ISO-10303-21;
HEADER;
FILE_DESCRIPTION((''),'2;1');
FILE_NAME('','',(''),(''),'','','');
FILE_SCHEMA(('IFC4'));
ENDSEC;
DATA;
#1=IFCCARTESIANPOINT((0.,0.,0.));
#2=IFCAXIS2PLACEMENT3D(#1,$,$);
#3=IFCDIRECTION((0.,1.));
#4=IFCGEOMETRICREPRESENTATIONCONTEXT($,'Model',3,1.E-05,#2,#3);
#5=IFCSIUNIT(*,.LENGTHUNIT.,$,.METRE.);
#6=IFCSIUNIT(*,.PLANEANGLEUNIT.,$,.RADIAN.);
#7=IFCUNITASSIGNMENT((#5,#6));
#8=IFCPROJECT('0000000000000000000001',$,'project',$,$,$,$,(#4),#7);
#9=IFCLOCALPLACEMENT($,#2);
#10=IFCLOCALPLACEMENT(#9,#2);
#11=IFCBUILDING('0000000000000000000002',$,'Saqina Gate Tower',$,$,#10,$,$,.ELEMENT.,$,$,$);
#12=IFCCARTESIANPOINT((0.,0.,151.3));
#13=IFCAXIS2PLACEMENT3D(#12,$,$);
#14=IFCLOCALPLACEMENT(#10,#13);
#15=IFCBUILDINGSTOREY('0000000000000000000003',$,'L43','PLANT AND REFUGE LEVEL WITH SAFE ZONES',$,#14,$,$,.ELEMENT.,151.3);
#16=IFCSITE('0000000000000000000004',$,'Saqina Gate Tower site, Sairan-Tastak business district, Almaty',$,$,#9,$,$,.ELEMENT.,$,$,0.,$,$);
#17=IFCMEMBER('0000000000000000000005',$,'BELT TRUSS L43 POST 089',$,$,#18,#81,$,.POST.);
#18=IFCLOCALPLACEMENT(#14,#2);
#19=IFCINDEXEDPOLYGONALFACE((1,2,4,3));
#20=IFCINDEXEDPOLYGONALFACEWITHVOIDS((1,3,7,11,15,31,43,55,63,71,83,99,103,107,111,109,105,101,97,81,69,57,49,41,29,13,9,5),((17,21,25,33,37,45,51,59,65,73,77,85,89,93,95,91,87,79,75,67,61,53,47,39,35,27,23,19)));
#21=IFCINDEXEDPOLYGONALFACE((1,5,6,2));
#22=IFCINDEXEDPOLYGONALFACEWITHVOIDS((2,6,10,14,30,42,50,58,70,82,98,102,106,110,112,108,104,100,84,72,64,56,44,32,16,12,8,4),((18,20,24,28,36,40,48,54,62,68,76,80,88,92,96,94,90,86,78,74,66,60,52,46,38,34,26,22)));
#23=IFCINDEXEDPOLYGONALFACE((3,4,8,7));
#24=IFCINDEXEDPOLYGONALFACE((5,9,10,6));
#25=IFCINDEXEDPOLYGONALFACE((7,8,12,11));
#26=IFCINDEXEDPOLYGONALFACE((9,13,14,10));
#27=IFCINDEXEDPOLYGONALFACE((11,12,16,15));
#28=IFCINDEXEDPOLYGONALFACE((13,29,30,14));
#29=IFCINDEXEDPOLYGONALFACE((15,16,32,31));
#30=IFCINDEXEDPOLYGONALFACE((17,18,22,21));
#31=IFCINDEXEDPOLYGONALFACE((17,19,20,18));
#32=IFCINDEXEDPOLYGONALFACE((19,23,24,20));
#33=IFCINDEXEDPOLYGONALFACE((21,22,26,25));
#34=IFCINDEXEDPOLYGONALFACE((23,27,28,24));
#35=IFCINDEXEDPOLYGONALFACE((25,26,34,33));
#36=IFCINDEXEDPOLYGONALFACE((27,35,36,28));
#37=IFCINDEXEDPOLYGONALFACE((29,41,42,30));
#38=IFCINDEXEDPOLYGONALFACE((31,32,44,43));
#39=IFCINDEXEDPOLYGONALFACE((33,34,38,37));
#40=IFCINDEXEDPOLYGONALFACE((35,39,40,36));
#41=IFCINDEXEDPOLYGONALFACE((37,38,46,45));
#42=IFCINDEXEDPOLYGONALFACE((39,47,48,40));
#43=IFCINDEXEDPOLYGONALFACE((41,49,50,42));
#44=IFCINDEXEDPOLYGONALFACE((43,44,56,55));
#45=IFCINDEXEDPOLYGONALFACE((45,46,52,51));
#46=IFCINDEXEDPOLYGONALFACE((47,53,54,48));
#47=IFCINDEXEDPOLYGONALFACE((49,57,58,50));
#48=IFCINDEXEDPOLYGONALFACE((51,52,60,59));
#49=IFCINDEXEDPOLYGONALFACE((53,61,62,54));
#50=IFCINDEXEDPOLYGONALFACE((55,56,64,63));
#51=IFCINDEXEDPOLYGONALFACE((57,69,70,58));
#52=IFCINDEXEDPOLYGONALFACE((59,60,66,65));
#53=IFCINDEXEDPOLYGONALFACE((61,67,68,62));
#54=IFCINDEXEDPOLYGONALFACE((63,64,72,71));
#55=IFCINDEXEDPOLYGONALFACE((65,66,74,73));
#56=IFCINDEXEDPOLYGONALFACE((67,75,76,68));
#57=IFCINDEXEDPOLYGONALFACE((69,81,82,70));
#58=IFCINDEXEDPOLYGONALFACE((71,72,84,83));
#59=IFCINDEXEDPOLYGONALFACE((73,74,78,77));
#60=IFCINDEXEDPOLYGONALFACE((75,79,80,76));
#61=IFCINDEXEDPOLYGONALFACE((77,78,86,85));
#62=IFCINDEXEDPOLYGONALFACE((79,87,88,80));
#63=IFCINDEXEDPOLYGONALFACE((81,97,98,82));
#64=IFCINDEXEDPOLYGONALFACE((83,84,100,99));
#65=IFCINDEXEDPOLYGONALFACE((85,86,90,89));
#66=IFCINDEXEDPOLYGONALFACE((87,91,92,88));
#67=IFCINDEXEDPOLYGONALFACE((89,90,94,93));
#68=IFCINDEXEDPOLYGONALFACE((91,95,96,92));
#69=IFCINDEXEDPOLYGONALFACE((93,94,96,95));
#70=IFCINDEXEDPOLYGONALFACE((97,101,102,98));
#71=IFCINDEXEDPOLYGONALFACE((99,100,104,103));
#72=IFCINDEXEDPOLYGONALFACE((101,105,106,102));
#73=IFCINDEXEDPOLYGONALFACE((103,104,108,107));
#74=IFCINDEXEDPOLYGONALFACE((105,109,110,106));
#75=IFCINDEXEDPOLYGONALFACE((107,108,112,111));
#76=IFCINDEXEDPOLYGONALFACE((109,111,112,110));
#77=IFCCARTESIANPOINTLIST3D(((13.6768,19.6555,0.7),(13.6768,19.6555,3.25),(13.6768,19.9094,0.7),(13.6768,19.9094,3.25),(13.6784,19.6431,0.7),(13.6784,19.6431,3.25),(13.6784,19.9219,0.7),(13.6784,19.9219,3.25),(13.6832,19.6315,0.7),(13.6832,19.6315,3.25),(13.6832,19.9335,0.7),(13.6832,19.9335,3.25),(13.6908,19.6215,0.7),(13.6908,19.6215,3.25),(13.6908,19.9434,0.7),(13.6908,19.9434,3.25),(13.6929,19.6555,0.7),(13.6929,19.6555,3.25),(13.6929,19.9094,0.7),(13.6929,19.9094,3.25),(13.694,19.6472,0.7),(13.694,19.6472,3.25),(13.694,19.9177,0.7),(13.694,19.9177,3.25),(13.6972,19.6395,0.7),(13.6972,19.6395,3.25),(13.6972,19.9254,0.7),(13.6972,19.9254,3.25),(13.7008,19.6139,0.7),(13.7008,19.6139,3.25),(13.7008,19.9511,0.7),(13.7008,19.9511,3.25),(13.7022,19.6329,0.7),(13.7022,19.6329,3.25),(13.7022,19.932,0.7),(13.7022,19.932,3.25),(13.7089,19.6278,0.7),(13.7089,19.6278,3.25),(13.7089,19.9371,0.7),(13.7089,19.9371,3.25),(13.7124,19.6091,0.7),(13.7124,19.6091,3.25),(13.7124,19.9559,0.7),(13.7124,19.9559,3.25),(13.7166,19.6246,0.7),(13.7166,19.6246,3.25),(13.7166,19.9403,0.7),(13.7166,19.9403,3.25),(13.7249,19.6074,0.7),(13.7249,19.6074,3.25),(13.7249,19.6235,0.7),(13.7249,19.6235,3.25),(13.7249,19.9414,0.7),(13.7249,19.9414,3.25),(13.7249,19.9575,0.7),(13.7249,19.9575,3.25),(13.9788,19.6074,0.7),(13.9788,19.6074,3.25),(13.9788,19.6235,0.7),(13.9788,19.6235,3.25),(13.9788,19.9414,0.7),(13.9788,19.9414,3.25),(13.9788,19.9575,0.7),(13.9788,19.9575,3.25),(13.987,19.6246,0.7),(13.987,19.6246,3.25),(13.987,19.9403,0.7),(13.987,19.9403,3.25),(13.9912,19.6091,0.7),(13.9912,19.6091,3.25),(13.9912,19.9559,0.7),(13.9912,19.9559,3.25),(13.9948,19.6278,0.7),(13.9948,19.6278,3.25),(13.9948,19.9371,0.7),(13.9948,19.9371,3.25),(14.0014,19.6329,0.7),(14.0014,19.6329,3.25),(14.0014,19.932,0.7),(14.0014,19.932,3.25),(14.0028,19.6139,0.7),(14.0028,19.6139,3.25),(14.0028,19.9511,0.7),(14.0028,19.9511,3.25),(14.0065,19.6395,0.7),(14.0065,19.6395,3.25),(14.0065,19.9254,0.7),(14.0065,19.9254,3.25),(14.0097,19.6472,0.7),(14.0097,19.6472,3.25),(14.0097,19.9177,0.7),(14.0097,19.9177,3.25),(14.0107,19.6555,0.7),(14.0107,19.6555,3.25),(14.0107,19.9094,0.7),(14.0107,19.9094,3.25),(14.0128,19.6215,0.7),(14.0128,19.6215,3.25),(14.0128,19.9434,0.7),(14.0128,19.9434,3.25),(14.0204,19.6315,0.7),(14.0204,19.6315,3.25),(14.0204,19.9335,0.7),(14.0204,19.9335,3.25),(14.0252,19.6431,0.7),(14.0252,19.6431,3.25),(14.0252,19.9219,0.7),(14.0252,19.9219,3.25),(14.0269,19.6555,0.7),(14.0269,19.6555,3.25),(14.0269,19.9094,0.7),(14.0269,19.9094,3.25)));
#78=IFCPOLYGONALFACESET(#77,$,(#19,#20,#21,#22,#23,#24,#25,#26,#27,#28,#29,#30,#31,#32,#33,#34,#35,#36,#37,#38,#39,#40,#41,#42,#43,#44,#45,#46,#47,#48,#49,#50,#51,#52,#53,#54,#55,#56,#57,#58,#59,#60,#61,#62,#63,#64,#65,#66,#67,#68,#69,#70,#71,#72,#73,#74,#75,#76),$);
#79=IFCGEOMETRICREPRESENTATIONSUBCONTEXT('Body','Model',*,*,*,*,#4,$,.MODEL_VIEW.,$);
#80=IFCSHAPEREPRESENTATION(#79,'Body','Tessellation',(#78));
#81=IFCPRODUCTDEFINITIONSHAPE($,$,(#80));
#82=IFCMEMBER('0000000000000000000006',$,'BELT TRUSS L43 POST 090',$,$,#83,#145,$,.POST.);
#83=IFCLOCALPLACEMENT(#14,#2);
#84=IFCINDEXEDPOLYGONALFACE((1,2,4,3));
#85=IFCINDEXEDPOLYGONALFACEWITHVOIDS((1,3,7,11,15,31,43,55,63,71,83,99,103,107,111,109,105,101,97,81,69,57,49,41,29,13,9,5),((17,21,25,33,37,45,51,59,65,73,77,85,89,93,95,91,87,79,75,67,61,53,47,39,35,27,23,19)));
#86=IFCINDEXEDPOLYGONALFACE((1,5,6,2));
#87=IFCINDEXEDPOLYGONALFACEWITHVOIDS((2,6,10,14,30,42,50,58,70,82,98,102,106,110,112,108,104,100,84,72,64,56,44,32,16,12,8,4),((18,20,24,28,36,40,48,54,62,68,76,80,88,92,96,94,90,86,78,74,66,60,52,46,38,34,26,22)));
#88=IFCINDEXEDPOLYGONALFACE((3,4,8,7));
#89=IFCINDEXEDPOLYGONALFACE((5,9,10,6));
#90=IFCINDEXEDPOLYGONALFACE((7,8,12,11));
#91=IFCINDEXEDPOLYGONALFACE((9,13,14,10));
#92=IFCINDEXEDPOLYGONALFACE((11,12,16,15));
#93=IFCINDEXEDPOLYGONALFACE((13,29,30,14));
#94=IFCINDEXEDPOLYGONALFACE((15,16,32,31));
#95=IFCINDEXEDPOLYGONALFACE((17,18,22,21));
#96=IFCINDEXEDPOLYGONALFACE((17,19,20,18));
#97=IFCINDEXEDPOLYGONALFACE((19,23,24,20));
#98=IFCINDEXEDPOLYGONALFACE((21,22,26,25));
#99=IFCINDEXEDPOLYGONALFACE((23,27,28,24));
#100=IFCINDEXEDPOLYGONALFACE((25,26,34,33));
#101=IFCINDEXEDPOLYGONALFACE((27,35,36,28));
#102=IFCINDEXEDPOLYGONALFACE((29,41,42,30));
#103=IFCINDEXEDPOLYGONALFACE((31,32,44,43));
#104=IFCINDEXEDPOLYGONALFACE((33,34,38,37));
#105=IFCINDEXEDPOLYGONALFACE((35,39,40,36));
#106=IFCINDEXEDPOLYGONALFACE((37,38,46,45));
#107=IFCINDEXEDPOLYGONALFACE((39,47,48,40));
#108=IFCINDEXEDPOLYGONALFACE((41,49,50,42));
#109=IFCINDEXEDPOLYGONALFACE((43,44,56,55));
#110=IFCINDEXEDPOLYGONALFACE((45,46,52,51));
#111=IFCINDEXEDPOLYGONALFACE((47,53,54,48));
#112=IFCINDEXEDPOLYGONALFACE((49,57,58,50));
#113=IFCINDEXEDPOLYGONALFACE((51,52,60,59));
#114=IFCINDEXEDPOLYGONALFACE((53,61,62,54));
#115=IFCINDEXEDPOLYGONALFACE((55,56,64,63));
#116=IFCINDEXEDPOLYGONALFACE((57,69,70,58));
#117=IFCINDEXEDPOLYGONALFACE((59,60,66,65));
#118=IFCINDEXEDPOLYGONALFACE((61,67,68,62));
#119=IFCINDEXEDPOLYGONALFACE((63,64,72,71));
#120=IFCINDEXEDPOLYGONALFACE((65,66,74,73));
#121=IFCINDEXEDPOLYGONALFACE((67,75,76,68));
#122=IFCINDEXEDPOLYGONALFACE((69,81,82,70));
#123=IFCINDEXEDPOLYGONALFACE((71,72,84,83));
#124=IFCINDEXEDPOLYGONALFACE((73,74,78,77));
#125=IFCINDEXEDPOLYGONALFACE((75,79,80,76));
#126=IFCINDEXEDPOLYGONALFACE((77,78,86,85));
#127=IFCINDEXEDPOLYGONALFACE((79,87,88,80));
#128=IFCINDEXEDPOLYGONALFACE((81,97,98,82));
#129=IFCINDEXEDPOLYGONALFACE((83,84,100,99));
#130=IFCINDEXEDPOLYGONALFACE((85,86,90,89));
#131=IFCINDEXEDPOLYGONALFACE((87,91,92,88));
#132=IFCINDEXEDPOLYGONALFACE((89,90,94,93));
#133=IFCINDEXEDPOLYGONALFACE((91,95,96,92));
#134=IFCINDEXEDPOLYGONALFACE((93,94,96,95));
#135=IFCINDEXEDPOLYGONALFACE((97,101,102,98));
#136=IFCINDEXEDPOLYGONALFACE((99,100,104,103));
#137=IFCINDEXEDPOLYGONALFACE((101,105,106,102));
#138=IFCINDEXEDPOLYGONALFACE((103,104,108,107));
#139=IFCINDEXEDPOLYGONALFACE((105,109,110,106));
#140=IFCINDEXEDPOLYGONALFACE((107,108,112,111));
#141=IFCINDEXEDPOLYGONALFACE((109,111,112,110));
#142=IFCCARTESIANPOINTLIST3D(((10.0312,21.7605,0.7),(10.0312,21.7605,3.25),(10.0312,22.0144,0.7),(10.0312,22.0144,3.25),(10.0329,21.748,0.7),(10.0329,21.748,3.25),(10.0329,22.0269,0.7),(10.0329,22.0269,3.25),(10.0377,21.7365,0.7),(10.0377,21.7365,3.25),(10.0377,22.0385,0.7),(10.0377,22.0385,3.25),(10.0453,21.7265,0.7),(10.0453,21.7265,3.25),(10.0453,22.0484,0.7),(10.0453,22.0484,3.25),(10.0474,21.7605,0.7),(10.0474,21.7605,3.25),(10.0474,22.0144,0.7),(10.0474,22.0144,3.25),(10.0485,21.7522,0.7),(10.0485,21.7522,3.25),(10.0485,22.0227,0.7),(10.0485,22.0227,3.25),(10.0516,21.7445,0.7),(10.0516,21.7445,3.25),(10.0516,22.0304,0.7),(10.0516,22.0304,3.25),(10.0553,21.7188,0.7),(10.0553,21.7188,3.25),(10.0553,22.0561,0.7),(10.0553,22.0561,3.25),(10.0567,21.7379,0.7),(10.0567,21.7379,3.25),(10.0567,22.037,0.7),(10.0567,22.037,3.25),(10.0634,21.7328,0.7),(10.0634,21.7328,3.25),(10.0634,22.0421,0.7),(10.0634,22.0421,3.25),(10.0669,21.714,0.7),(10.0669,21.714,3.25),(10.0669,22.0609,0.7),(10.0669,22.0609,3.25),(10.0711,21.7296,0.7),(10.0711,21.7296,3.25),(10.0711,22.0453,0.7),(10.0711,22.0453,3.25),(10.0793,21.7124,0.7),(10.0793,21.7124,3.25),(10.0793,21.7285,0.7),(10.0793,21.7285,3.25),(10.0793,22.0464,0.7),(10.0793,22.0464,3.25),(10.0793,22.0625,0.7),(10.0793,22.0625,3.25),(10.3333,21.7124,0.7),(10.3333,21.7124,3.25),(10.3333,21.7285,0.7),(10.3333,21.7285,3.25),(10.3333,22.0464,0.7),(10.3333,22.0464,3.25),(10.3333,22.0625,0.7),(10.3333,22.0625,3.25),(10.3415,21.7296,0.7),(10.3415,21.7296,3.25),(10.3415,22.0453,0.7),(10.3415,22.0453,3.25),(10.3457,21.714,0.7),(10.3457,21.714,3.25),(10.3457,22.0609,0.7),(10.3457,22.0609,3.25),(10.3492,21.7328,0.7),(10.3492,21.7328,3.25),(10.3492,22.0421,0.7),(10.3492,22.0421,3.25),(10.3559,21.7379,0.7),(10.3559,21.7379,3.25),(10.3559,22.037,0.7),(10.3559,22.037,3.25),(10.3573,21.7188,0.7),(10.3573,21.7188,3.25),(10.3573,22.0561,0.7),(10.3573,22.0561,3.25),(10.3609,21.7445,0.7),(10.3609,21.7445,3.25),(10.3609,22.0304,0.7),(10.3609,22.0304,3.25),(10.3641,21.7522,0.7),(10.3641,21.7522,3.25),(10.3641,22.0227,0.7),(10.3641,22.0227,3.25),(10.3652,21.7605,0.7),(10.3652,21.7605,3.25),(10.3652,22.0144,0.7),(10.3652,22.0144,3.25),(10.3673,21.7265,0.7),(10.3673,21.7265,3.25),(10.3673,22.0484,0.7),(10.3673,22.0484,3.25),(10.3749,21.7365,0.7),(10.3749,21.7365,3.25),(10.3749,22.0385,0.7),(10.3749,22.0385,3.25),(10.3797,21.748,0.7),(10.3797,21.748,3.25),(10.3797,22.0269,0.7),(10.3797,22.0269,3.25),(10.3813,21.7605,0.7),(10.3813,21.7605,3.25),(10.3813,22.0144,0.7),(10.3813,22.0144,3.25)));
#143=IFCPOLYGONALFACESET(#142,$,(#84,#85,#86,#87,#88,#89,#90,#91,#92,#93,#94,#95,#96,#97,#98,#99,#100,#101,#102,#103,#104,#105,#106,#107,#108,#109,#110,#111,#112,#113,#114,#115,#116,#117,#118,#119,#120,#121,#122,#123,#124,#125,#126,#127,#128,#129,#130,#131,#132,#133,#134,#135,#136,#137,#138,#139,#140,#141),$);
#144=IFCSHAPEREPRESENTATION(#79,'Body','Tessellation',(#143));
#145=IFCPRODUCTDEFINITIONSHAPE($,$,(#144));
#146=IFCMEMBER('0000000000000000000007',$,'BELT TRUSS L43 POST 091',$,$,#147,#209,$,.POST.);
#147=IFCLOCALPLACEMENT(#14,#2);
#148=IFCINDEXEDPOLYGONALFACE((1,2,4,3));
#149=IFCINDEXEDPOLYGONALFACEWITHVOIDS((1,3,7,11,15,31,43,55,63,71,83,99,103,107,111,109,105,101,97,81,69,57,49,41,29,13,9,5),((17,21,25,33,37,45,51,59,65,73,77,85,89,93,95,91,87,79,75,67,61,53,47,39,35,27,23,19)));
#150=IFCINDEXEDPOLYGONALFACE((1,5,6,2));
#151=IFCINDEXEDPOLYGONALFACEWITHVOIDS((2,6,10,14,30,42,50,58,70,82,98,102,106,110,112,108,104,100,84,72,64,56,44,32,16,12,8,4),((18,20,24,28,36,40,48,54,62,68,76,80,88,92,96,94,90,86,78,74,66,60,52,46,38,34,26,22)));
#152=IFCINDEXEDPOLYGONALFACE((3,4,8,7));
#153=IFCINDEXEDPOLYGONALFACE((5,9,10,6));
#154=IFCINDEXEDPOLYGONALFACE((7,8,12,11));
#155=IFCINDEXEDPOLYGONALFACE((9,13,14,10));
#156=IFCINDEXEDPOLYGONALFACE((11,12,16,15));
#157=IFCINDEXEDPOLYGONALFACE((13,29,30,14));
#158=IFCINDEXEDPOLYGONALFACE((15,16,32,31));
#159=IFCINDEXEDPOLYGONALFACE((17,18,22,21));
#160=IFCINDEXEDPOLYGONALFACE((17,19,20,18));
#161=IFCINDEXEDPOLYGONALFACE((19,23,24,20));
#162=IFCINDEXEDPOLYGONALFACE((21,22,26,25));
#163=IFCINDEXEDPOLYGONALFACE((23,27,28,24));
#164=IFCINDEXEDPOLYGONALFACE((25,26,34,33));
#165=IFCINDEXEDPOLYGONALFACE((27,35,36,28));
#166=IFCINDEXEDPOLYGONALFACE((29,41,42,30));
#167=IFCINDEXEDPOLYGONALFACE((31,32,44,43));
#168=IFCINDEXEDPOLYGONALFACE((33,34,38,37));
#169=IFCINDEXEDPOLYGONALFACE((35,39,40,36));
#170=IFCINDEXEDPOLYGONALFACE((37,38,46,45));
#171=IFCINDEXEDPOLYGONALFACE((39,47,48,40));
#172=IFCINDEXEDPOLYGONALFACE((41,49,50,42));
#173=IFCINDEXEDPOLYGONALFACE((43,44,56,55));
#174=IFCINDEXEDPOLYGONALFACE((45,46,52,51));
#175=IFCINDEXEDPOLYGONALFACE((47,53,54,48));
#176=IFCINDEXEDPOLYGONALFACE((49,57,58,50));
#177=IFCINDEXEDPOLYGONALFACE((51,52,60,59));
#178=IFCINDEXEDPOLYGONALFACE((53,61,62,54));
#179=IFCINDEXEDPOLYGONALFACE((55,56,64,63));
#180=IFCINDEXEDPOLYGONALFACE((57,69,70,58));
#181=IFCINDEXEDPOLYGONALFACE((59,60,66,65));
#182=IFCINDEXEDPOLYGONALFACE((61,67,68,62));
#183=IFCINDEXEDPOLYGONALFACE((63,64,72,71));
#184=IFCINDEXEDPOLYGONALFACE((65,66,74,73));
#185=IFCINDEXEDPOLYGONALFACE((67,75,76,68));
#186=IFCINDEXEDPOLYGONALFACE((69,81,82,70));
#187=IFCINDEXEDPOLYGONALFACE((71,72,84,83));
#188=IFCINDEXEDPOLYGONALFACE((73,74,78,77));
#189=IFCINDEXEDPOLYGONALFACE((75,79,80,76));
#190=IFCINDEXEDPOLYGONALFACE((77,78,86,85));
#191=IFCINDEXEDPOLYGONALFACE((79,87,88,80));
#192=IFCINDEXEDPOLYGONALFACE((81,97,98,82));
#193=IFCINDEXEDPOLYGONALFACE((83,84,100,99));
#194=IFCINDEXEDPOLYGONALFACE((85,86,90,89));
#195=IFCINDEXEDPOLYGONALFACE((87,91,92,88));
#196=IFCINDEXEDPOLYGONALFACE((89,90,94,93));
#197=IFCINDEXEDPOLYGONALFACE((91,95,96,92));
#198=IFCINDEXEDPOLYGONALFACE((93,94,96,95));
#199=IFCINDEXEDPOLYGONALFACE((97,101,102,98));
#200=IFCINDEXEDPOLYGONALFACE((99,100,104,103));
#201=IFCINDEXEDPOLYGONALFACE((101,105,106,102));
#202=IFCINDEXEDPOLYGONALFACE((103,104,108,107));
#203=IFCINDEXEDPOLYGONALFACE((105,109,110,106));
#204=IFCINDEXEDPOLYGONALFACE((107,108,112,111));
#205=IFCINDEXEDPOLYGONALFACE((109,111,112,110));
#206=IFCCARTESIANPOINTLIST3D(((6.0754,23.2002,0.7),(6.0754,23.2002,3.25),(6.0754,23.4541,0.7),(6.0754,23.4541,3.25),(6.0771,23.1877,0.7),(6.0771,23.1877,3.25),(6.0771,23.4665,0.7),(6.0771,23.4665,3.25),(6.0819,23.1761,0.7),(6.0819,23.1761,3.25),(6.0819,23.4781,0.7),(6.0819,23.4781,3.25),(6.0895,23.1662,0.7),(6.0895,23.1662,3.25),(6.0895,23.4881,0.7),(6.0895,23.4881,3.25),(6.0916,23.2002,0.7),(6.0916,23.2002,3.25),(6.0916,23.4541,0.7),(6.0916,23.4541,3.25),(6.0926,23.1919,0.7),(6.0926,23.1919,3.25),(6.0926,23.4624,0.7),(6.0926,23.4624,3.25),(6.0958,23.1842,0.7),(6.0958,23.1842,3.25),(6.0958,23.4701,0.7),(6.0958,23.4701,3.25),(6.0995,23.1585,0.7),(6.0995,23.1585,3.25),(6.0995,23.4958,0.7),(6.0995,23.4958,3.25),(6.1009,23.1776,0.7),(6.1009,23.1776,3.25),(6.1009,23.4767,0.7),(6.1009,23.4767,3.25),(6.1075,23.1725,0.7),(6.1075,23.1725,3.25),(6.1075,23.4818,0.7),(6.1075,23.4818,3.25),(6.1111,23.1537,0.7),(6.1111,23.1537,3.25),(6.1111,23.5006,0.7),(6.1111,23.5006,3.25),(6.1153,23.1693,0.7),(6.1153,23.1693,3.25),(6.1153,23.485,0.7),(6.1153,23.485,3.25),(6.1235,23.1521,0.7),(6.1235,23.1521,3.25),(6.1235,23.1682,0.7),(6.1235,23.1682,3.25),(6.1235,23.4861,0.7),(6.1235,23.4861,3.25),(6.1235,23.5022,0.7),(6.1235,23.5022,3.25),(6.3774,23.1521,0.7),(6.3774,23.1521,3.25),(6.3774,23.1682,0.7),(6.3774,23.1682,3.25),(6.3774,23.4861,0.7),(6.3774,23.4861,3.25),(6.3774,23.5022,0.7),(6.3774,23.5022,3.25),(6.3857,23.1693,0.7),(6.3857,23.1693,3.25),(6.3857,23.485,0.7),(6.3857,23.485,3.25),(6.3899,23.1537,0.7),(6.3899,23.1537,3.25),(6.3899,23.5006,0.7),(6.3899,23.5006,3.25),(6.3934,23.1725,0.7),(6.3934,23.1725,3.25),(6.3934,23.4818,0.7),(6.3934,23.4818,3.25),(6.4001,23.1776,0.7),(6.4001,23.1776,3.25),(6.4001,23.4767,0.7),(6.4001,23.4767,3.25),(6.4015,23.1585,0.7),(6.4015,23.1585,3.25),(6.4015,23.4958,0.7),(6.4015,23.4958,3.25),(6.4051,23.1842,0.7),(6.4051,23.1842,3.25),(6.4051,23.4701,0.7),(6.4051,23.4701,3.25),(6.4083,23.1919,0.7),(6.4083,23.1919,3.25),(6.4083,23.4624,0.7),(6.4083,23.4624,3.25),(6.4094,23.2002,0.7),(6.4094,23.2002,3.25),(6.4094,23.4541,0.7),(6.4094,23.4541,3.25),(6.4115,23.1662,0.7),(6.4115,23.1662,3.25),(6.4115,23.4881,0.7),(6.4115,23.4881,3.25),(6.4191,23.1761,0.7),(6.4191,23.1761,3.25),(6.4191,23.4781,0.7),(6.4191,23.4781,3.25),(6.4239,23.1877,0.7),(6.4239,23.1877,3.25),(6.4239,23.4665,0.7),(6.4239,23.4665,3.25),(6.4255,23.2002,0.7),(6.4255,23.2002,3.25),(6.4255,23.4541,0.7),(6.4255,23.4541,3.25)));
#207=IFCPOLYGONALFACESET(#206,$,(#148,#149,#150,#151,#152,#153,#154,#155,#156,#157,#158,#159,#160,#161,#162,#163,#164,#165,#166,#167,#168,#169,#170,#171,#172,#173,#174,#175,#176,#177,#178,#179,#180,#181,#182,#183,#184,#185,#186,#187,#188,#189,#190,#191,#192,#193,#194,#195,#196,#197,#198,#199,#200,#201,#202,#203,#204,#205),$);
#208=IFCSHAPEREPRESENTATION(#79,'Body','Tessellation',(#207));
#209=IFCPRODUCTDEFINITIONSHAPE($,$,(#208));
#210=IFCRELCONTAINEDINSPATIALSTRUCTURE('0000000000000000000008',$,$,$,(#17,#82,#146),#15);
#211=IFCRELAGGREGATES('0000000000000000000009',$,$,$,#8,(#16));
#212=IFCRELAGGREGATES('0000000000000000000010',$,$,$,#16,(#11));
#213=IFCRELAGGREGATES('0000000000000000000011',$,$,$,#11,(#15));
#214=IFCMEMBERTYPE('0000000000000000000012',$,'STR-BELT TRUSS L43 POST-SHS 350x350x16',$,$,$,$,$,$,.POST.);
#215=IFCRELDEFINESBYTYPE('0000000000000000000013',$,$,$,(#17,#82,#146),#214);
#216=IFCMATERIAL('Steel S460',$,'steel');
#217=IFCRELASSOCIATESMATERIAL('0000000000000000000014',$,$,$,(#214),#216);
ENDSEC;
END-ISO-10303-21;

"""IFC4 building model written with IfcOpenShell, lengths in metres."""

from ifc_helpers import new_model, si_unit, direction, frame, origin, origin_2d, place, context, subcontext, project, spatial, hollow_rectangle, extrude, material, material_profile, profile_set, type_object, element, save


model = new_model("IFC4")

# Units and contexts
model_context = context("Model", 3, precision=1e-05, world=origin(), true_north=direction((0.0, 1.0)))
body_context = subcontext(model_context, "Body", "Model", "MODEL_VIEW")
ifc_project = project(units=[si_unit("LENGTHUNIT", "METRE"), si_unit("PLANEANGLEUNIT", "RADIAN")], contexts=[model_context])

# Site, building, storey
site_placement = place(None, origin())
site = spatial("IfcSite", under=ifc_project, at=site_placement, Name="Saqina Gate Tower site, Sairan-Tastak business district, Almaty", CompositionType="ELEMENT", RefElevation=0.0)
building_placement = place(site_placement, origin())
building = spatial("IfcBuilding", under=site, at=building_placement, Name="Saqina Gate Tower", CompositionType="ELEMENT")
storey_placement = place(building_placement, frame((0.0, 0.0, 151.3)))
storey = spatial("IfcBuildingStorey", under=building, at=storey_placement, Name="L43", Description="PLANT AND REFUGE LEVEL WITH SAFE ZONES", CompositionType="ELEMENT", Elevation=151.3)

# Members
ifc_material_1 = material(Name="Steel S460", Category="steel")
ifc_material_profile_1 = material_profile(ifc_material_1, hollow_rectangle(XDim=0.3501, YDim=0.3501, WallThickness=0.0161, InnerFilletRadius=0.032, OuterFilletRadius=0.0481, at=origin_2d()), Name="SHS 350x350x16")
ifc_profile_set_1 = profile_set([ifc_material_profile_1], Name="Steel S460")
member_type_1 = type_object("IfcMemberType", Name="STR-BELT TRUSS L43 POST-SHS 350x350x16", PredefinedType="POST", material=ifc_profile_set_1)
for number, where, z_axis, x_axis, name in (
    (1, (13.8518, 19.7825, 0.7), (0.0, 0.0, 1.0), (1.0, 0.0, 0.0), "BELT TRUSS L43 POST 089"),
    (2, (10.2063, 21.8875, 0.7), (0.0, 0.0, 1.0), (1.0, 0.0, 0.0), "BELT TRUSS L43 POST 090"),
    (3, (6.2505, 23.3271, 0.7), (0.0, 0.0, 1.0), (1.0, 0.0, 0.0), "BELT TRUSS L43 POST 091"),
):
    element("IfcMember", number, at=place(storey_placement, frame(where, z_axis=z_axis, x_axis=x_axis)), inside=storey, type_object=member_type_1, Name=name, PredefinedType="POST", context=body_context, shape_type="SweptSolid", body=[
        extrude(hollow_rectangle(XDim=0.3501, YDim=0.3501, WallThickness=0.0161, InnerFilletRadius=0.032, OuterFilletRadius=0.0481, at=origin_2d()), origin(), (0.0, 0.0, 1.0), 2.55),
    ])

save(model, "model.ifc")
